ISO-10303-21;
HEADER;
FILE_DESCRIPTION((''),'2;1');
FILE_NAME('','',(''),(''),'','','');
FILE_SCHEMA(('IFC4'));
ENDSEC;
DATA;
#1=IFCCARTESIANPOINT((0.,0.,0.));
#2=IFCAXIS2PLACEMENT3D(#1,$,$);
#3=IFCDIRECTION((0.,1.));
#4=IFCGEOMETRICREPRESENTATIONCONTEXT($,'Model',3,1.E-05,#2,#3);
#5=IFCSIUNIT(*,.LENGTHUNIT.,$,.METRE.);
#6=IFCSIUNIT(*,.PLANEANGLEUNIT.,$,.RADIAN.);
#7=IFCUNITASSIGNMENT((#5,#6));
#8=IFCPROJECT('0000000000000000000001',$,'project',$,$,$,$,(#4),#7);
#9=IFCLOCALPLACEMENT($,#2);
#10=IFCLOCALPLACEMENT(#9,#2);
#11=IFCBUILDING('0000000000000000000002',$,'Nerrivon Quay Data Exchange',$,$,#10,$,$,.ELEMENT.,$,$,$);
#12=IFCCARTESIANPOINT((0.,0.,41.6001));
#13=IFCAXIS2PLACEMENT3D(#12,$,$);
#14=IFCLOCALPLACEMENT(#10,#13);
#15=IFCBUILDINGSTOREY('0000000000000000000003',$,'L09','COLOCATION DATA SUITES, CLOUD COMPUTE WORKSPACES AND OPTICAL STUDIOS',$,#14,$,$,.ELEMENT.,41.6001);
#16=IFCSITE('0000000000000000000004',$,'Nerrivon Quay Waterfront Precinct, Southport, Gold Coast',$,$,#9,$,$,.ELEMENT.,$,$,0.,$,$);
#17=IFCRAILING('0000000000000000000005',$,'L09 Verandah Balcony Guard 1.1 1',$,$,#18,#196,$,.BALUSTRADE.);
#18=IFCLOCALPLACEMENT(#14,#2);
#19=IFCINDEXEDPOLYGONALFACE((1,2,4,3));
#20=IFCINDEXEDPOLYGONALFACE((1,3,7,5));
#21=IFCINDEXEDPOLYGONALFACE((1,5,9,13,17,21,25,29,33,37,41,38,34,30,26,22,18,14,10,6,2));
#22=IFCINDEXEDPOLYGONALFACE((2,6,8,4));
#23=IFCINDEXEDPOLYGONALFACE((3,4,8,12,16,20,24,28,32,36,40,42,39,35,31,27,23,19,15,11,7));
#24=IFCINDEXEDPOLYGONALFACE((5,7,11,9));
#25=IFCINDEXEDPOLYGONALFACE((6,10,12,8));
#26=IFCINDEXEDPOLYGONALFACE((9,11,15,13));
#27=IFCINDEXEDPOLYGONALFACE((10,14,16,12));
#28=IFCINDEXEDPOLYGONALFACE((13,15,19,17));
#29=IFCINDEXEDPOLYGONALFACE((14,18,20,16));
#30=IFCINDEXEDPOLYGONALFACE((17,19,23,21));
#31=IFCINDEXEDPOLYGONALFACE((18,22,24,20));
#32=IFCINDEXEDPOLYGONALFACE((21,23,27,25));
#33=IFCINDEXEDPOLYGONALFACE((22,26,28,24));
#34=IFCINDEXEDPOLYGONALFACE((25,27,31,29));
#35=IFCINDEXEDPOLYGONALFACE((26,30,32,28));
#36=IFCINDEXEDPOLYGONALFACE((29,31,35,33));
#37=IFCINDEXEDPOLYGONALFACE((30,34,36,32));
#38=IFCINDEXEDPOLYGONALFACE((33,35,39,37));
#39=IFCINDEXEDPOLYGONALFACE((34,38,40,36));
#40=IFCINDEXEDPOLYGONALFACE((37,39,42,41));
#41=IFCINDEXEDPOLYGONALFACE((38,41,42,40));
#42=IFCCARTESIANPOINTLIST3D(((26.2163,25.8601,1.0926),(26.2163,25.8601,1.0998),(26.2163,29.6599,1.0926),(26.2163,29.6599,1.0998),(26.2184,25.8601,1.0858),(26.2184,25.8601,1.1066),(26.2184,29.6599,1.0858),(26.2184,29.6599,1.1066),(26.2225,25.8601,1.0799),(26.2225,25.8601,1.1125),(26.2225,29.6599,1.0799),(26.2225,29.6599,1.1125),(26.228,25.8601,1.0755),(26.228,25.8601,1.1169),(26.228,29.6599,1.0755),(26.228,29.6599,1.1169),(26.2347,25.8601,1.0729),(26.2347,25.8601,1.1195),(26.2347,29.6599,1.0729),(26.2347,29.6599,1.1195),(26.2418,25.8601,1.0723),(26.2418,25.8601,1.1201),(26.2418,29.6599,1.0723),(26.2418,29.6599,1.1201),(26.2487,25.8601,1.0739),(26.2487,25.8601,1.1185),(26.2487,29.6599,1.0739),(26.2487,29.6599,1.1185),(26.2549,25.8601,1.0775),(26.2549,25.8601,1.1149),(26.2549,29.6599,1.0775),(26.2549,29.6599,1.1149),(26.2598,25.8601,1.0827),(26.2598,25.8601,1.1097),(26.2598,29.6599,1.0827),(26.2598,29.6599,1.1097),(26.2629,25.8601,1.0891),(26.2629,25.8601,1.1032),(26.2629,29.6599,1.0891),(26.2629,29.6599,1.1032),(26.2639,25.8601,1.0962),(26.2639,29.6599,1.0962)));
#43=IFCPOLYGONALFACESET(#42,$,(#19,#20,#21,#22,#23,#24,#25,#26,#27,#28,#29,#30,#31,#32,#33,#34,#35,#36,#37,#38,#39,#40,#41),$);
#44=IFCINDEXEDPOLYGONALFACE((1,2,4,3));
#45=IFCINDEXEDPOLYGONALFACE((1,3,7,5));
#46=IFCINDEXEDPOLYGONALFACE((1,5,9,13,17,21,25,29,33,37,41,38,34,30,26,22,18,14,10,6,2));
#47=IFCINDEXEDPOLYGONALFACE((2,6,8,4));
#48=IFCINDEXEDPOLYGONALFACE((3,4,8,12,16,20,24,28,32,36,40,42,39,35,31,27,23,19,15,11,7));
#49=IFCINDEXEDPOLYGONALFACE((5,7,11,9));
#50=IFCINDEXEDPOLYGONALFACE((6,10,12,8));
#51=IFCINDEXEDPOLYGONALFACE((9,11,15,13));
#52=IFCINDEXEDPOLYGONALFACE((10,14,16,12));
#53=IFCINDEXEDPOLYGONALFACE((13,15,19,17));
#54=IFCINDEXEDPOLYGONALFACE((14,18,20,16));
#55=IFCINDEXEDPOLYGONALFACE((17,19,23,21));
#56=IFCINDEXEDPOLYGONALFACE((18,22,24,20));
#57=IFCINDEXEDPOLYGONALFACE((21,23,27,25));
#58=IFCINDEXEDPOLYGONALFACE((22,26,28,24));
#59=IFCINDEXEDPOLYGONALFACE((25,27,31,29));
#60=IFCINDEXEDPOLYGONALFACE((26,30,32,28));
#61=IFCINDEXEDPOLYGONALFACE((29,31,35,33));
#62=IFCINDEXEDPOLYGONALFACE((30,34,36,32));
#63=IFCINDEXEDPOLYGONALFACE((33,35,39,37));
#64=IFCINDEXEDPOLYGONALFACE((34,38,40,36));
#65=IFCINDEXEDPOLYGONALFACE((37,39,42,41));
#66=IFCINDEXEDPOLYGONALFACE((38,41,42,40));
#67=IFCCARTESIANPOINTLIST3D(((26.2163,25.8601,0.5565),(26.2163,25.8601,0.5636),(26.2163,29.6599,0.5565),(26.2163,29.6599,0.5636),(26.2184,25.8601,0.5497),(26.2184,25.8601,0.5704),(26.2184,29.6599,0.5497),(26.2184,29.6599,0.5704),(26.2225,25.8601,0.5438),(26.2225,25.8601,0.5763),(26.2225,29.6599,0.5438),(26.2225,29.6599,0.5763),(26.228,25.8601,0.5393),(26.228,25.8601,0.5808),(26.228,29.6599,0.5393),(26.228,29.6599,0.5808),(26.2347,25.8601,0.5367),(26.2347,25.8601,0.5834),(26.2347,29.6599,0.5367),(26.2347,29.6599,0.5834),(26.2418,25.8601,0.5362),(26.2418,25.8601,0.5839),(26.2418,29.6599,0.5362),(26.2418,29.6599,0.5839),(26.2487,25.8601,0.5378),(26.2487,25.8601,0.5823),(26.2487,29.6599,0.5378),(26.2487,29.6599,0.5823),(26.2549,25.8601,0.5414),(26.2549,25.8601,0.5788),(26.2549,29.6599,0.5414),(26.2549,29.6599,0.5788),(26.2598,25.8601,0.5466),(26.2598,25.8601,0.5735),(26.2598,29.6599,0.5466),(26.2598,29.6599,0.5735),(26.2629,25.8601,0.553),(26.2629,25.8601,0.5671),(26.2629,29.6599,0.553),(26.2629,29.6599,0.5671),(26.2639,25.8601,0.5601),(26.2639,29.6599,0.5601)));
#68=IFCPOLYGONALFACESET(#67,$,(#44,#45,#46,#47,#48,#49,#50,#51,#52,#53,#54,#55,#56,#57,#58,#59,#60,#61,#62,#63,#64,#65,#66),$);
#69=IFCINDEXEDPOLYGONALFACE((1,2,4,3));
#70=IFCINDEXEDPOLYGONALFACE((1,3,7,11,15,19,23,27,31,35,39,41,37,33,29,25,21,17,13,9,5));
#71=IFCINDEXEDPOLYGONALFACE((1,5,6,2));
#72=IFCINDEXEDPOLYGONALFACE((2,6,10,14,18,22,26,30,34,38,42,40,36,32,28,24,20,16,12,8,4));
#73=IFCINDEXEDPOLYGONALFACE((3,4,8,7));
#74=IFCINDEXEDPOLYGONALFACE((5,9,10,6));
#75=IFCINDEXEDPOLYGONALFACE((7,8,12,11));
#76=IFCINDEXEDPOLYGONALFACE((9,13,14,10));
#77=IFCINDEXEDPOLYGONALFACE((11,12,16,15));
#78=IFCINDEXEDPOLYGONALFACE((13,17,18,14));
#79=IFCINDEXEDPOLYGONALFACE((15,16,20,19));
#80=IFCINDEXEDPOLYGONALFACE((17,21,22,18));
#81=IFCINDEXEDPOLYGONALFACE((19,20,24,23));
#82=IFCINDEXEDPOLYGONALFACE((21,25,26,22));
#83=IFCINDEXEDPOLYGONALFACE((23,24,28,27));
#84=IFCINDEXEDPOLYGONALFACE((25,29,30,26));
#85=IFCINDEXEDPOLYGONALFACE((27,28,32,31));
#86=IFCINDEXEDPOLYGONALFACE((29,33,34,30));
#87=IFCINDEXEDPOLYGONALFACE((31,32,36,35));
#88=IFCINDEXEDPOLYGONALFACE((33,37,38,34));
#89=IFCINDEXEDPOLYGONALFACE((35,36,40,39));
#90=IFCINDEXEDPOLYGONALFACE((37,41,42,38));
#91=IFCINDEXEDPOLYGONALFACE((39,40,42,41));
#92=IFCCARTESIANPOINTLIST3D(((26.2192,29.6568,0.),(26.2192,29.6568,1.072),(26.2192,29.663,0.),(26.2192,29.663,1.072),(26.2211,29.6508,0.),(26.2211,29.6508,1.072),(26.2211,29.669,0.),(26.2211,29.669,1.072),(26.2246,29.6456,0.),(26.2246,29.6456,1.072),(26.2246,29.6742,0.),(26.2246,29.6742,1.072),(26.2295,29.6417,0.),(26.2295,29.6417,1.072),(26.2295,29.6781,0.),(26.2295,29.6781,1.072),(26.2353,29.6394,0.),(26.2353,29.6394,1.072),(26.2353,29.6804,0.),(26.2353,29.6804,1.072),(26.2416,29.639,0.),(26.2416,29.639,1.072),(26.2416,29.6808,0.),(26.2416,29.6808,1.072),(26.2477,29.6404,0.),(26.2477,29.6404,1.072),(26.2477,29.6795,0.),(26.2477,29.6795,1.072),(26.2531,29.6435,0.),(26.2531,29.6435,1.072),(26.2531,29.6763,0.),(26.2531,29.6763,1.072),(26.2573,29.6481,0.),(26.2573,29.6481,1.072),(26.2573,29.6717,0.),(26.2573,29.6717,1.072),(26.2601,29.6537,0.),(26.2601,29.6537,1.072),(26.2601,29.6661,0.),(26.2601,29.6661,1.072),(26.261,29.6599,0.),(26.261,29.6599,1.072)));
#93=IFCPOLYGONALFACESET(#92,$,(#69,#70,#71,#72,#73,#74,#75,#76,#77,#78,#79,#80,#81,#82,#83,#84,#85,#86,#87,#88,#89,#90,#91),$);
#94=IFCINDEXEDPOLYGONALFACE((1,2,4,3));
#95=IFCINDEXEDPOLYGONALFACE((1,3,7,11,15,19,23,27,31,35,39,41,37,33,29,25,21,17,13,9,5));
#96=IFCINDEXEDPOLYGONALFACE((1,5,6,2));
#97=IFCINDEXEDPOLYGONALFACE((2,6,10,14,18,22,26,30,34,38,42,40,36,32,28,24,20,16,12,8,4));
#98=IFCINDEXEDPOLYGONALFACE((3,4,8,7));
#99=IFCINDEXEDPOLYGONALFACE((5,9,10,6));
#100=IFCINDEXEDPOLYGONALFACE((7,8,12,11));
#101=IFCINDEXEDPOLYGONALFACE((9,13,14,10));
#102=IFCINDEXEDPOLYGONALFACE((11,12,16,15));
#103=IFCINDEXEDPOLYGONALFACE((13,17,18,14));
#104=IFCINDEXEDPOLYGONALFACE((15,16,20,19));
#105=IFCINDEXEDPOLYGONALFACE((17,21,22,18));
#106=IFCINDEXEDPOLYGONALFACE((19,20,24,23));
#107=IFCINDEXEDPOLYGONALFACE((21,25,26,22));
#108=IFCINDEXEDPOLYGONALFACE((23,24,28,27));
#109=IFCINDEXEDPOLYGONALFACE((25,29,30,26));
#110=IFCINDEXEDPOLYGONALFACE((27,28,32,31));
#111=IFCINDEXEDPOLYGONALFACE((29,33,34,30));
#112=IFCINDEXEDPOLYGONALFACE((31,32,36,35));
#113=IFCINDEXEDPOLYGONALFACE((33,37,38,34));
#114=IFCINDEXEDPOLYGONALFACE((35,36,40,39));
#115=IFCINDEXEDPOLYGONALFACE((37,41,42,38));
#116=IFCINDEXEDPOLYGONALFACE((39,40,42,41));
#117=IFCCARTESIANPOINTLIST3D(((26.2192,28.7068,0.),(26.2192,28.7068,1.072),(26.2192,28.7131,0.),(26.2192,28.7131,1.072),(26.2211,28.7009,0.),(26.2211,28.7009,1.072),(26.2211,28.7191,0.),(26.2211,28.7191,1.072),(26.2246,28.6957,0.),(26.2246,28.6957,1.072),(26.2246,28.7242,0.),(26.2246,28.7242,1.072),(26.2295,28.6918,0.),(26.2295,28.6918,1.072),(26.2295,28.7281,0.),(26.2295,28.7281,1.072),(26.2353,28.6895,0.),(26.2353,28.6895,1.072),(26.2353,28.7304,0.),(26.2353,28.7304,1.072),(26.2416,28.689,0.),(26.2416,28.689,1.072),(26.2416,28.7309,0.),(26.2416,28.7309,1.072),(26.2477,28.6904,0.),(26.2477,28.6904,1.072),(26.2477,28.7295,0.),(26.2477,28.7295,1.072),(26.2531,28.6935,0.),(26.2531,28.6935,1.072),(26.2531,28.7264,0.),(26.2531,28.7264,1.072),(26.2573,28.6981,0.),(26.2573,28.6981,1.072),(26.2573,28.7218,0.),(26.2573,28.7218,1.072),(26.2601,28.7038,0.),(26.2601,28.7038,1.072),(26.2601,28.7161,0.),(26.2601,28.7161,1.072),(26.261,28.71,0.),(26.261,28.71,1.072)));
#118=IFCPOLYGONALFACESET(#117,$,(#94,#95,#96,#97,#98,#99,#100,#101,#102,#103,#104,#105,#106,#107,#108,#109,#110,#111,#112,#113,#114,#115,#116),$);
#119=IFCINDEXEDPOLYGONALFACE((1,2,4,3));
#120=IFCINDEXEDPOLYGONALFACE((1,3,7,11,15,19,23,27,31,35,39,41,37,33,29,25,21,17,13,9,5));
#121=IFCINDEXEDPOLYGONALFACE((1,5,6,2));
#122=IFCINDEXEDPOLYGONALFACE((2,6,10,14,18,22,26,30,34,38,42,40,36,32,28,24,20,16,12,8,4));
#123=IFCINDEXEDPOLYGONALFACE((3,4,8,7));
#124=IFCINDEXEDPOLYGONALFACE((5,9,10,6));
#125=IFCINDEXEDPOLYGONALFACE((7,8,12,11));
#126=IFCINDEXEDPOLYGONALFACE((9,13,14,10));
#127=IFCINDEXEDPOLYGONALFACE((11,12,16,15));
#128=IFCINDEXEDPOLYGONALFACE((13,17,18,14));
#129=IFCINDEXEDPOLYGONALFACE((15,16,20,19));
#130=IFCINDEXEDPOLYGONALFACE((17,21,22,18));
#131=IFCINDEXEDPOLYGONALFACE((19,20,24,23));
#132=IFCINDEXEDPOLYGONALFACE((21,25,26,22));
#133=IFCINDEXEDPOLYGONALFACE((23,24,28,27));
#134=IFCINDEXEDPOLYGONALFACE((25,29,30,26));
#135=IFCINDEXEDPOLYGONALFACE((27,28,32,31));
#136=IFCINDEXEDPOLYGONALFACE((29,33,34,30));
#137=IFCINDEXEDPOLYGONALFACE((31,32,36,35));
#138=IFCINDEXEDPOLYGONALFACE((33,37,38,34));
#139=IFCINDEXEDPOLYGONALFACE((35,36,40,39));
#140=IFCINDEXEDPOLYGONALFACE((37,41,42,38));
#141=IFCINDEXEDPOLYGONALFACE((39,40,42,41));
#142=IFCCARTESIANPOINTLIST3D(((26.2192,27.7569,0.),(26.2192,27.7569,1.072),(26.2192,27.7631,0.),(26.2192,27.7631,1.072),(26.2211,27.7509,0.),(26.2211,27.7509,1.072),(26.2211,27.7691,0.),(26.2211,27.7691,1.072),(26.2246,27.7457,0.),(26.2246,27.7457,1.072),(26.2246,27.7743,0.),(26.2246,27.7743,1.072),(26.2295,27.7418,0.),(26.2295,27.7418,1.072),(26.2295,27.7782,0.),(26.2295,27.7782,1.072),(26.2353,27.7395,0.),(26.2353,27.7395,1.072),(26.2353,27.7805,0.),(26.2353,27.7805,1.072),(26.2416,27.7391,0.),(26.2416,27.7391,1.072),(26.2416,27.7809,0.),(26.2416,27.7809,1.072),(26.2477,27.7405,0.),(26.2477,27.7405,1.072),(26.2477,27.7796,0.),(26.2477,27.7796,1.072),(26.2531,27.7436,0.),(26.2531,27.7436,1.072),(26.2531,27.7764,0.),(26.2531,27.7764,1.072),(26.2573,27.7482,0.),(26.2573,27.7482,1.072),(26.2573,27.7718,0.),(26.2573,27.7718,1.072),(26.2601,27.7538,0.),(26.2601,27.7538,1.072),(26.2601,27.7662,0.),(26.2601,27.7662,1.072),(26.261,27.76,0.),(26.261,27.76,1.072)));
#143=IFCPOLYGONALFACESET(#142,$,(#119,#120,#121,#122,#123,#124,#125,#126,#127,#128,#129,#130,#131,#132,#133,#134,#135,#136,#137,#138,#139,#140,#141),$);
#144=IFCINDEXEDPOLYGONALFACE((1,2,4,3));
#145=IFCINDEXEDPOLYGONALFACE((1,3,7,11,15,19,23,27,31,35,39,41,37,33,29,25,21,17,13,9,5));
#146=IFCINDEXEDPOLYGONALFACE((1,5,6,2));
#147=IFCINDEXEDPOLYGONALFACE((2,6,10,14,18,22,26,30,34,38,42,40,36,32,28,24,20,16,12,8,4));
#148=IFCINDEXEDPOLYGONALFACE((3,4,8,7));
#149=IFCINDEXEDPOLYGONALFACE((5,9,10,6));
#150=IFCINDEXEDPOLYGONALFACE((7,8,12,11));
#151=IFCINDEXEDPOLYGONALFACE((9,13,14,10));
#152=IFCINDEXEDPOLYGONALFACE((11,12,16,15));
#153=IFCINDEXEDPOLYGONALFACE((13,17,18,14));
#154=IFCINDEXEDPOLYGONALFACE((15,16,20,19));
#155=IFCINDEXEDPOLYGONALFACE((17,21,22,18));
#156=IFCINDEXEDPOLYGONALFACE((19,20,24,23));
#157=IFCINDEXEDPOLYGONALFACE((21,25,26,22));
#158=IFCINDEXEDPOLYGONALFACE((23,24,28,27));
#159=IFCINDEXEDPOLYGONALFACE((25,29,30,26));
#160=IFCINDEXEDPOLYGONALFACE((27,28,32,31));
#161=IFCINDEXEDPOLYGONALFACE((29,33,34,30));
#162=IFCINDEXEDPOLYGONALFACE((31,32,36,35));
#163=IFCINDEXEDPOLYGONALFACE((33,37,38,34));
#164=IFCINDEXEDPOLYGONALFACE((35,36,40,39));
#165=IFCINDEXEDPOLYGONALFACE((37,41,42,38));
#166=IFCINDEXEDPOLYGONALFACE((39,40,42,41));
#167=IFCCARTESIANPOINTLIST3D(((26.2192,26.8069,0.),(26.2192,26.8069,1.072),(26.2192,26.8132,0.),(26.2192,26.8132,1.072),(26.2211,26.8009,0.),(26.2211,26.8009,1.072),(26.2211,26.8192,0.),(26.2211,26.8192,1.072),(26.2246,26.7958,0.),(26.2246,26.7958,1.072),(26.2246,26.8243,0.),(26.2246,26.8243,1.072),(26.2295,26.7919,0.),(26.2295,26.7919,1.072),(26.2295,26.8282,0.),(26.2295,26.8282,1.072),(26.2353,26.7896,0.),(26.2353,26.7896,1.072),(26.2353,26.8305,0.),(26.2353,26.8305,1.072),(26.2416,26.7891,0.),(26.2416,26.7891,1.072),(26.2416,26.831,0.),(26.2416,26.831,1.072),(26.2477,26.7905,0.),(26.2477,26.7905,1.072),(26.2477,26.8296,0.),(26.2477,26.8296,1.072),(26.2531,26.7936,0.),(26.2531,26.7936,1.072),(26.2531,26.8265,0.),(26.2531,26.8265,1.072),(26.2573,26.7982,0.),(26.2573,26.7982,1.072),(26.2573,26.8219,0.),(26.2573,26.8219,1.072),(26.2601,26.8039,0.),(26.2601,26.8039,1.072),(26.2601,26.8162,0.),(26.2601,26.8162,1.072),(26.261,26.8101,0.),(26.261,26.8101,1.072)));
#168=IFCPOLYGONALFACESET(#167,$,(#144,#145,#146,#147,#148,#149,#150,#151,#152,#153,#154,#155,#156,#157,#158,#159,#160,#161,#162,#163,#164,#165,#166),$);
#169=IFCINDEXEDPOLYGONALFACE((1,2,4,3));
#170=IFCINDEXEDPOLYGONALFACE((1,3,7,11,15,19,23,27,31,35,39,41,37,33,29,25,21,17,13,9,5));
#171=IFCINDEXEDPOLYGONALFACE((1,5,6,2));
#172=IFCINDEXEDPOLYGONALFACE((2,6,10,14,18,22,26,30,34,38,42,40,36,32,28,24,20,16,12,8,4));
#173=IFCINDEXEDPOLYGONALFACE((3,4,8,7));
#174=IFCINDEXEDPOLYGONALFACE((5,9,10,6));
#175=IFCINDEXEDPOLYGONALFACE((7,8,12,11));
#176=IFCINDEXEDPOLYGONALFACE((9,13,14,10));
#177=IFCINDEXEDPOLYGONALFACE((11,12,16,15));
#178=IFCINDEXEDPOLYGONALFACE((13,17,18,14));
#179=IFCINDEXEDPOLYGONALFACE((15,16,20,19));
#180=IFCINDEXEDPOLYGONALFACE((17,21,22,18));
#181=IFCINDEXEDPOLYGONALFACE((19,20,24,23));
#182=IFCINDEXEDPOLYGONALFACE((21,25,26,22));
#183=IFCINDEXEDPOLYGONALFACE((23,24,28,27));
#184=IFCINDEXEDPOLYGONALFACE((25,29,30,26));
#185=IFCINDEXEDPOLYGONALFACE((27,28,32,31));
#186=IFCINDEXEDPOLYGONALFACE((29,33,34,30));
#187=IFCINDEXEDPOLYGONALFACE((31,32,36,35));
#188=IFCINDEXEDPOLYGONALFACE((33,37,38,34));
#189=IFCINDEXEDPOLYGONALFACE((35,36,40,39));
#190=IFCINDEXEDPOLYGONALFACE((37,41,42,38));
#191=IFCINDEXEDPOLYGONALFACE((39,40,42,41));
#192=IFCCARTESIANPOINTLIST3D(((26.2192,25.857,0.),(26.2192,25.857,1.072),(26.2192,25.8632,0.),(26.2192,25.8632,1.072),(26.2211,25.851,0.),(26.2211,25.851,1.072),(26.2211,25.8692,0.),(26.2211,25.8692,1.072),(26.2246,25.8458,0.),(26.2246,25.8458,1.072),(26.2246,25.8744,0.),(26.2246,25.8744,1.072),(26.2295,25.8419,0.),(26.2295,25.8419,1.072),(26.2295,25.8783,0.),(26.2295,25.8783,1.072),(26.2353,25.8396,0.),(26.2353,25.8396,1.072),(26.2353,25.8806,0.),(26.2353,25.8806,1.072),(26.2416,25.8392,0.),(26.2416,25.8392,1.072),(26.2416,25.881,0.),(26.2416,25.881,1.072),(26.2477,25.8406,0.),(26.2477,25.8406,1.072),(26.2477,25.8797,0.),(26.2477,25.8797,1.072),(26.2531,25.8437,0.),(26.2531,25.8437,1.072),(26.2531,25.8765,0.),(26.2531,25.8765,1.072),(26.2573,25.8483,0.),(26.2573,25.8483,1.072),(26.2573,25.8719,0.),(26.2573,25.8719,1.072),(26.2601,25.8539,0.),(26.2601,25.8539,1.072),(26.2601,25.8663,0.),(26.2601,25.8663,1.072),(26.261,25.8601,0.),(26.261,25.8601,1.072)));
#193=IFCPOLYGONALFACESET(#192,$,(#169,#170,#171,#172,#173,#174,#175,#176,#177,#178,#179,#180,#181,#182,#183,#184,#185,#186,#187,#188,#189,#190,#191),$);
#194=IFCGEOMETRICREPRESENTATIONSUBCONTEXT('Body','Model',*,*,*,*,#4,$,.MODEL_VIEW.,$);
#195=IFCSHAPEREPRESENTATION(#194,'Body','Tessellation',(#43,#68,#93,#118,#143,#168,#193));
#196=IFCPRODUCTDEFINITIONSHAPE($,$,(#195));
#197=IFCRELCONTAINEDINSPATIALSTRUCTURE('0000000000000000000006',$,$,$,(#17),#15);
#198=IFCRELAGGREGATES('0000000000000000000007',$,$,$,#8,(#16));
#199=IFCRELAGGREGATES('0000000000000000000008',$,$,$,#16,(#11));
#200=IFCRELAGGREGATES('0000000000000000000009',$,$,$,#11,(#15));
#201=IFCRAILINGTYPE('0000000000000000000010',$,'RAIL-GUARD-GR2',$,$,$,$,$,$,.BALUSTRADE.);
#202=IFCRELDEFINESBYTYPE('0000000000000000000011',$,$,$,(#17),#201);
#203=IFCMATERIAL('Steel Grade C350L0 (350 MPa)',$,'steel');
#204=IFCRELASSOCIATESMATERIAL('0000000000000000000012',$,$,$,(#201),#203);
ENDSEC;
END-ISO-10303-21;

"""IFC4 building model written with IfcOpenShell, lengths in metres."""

from ifc_helpers import new_model, si_unit, direction, frame, origin, origin_2d, place, context, subcontext, project, spatial, circle, extrude, material, type_object, element, save


model = new_model("IFC4")

# Units and contexts
model_context = context("Model", 3, precision=1e-05, world=origin(), true_north=direction((0.0, 1.0)))
body_context = subcontext(model_context, "Body", "Model", "MODEL_VIEW")
ifc_project = project(units=[si_unit("LENGTHUNIT", "METRE"), si_unit("PLANEANGLEUNIT", "RADIAN")], contexts=[model_context])

# Site, building, storey
site_placement = place(None, origin())
site = spatial("IfcSite", under=ifc_project, at=site_placement, Name="Nerrivon Quay Waterfront Precinct, Southport, Gold Coast", CompositionType="ELEMENT", RefElevation=0.0)
building_placement = place(site_placement, origin())
building = spatial("IfcBuilding", under=site, at=building_placement, Name="Nerrivon Quay Data Exchange", CompositionType="ELEMENT")
storey_placement = place(building_placement, frame((0.0, 0.0, 41.6001)))
storey = spatial("IfcBuildingStorey", under=building, at=storey_placement, Name="L09", Description="COLOCATION DATA SUITES, CLOUD COMPUTE WORKSPACES AND OPTICAL STUDIOS", CompositionType="ELEMENT", Elevation=41.6001)

# Railing
ifc_material_1 = material(Name="Steel Grade C350L0 (350 MPa)", Category="steel")
railing_type = type_object("IfcRailingType", Name="RAIL-GUARD-GR2", PredefinedType="BALUSTRADE", material=ifc_material_1)
railing_1_placement = place(storey_placement, frame((26.24, 29.6599, 0.0)))
element("IfcRailing", 1, at=railing_1_placement, inside=storey, type_object=railing_type, Name="L09 Verandah Balcony Guard 1.1 1", PredefinedType="BALUSTRADE", context=body_context, shape_type="SweptSolid", body=[
    extrude(circle(Radius=0.0239, at=origin_2d()), frame((0.0, 0.0, 1.0962), z_axis=(0.0, -1.0, 0.0), x_axis=(1.0, 0.0, 0.0)), (0.0, 0.0, 1.0), 3.7998),
    extrude(circle(Radius=0.0239, at=origin_2d()), frame((0.0, 0.0, 0.5601), z_axis=(0.0, -1.0, 0.0), x_axis=(1.0, 0.0, 0.0)), (0.0, 0.0, 1.0), 3.7998),
    extrude(circle(Radius=0.021, at=origin_2d()), origin(), (0.0, 0.0, 1.0), 1.072),
    extrude(circle(Radius=0.021, at=origin_2d()), frame((0.0, -0.95, 0.0)), (0.0, 0.0, 1.0), 1.072),
    extrude(circle(Radius=0.021, at=origin_2d()), frame((0.0, -1.8999, 0.0)), (0.0, 0.0, 1.0), 1.072),
    extrude(circle(Radius=0.021, at=origin_2d()), frame((0.0, -2.8499, 0.0)), (0.0, 0.0, 1.0), 1.072),
    extrude(circle(Radius=0.021, at=origin_2d()), frame((0.0, -3.7998, 0.0)), (0.0, 0.0, 1.0), 1.072),
])

save(model, "model.ifc")
